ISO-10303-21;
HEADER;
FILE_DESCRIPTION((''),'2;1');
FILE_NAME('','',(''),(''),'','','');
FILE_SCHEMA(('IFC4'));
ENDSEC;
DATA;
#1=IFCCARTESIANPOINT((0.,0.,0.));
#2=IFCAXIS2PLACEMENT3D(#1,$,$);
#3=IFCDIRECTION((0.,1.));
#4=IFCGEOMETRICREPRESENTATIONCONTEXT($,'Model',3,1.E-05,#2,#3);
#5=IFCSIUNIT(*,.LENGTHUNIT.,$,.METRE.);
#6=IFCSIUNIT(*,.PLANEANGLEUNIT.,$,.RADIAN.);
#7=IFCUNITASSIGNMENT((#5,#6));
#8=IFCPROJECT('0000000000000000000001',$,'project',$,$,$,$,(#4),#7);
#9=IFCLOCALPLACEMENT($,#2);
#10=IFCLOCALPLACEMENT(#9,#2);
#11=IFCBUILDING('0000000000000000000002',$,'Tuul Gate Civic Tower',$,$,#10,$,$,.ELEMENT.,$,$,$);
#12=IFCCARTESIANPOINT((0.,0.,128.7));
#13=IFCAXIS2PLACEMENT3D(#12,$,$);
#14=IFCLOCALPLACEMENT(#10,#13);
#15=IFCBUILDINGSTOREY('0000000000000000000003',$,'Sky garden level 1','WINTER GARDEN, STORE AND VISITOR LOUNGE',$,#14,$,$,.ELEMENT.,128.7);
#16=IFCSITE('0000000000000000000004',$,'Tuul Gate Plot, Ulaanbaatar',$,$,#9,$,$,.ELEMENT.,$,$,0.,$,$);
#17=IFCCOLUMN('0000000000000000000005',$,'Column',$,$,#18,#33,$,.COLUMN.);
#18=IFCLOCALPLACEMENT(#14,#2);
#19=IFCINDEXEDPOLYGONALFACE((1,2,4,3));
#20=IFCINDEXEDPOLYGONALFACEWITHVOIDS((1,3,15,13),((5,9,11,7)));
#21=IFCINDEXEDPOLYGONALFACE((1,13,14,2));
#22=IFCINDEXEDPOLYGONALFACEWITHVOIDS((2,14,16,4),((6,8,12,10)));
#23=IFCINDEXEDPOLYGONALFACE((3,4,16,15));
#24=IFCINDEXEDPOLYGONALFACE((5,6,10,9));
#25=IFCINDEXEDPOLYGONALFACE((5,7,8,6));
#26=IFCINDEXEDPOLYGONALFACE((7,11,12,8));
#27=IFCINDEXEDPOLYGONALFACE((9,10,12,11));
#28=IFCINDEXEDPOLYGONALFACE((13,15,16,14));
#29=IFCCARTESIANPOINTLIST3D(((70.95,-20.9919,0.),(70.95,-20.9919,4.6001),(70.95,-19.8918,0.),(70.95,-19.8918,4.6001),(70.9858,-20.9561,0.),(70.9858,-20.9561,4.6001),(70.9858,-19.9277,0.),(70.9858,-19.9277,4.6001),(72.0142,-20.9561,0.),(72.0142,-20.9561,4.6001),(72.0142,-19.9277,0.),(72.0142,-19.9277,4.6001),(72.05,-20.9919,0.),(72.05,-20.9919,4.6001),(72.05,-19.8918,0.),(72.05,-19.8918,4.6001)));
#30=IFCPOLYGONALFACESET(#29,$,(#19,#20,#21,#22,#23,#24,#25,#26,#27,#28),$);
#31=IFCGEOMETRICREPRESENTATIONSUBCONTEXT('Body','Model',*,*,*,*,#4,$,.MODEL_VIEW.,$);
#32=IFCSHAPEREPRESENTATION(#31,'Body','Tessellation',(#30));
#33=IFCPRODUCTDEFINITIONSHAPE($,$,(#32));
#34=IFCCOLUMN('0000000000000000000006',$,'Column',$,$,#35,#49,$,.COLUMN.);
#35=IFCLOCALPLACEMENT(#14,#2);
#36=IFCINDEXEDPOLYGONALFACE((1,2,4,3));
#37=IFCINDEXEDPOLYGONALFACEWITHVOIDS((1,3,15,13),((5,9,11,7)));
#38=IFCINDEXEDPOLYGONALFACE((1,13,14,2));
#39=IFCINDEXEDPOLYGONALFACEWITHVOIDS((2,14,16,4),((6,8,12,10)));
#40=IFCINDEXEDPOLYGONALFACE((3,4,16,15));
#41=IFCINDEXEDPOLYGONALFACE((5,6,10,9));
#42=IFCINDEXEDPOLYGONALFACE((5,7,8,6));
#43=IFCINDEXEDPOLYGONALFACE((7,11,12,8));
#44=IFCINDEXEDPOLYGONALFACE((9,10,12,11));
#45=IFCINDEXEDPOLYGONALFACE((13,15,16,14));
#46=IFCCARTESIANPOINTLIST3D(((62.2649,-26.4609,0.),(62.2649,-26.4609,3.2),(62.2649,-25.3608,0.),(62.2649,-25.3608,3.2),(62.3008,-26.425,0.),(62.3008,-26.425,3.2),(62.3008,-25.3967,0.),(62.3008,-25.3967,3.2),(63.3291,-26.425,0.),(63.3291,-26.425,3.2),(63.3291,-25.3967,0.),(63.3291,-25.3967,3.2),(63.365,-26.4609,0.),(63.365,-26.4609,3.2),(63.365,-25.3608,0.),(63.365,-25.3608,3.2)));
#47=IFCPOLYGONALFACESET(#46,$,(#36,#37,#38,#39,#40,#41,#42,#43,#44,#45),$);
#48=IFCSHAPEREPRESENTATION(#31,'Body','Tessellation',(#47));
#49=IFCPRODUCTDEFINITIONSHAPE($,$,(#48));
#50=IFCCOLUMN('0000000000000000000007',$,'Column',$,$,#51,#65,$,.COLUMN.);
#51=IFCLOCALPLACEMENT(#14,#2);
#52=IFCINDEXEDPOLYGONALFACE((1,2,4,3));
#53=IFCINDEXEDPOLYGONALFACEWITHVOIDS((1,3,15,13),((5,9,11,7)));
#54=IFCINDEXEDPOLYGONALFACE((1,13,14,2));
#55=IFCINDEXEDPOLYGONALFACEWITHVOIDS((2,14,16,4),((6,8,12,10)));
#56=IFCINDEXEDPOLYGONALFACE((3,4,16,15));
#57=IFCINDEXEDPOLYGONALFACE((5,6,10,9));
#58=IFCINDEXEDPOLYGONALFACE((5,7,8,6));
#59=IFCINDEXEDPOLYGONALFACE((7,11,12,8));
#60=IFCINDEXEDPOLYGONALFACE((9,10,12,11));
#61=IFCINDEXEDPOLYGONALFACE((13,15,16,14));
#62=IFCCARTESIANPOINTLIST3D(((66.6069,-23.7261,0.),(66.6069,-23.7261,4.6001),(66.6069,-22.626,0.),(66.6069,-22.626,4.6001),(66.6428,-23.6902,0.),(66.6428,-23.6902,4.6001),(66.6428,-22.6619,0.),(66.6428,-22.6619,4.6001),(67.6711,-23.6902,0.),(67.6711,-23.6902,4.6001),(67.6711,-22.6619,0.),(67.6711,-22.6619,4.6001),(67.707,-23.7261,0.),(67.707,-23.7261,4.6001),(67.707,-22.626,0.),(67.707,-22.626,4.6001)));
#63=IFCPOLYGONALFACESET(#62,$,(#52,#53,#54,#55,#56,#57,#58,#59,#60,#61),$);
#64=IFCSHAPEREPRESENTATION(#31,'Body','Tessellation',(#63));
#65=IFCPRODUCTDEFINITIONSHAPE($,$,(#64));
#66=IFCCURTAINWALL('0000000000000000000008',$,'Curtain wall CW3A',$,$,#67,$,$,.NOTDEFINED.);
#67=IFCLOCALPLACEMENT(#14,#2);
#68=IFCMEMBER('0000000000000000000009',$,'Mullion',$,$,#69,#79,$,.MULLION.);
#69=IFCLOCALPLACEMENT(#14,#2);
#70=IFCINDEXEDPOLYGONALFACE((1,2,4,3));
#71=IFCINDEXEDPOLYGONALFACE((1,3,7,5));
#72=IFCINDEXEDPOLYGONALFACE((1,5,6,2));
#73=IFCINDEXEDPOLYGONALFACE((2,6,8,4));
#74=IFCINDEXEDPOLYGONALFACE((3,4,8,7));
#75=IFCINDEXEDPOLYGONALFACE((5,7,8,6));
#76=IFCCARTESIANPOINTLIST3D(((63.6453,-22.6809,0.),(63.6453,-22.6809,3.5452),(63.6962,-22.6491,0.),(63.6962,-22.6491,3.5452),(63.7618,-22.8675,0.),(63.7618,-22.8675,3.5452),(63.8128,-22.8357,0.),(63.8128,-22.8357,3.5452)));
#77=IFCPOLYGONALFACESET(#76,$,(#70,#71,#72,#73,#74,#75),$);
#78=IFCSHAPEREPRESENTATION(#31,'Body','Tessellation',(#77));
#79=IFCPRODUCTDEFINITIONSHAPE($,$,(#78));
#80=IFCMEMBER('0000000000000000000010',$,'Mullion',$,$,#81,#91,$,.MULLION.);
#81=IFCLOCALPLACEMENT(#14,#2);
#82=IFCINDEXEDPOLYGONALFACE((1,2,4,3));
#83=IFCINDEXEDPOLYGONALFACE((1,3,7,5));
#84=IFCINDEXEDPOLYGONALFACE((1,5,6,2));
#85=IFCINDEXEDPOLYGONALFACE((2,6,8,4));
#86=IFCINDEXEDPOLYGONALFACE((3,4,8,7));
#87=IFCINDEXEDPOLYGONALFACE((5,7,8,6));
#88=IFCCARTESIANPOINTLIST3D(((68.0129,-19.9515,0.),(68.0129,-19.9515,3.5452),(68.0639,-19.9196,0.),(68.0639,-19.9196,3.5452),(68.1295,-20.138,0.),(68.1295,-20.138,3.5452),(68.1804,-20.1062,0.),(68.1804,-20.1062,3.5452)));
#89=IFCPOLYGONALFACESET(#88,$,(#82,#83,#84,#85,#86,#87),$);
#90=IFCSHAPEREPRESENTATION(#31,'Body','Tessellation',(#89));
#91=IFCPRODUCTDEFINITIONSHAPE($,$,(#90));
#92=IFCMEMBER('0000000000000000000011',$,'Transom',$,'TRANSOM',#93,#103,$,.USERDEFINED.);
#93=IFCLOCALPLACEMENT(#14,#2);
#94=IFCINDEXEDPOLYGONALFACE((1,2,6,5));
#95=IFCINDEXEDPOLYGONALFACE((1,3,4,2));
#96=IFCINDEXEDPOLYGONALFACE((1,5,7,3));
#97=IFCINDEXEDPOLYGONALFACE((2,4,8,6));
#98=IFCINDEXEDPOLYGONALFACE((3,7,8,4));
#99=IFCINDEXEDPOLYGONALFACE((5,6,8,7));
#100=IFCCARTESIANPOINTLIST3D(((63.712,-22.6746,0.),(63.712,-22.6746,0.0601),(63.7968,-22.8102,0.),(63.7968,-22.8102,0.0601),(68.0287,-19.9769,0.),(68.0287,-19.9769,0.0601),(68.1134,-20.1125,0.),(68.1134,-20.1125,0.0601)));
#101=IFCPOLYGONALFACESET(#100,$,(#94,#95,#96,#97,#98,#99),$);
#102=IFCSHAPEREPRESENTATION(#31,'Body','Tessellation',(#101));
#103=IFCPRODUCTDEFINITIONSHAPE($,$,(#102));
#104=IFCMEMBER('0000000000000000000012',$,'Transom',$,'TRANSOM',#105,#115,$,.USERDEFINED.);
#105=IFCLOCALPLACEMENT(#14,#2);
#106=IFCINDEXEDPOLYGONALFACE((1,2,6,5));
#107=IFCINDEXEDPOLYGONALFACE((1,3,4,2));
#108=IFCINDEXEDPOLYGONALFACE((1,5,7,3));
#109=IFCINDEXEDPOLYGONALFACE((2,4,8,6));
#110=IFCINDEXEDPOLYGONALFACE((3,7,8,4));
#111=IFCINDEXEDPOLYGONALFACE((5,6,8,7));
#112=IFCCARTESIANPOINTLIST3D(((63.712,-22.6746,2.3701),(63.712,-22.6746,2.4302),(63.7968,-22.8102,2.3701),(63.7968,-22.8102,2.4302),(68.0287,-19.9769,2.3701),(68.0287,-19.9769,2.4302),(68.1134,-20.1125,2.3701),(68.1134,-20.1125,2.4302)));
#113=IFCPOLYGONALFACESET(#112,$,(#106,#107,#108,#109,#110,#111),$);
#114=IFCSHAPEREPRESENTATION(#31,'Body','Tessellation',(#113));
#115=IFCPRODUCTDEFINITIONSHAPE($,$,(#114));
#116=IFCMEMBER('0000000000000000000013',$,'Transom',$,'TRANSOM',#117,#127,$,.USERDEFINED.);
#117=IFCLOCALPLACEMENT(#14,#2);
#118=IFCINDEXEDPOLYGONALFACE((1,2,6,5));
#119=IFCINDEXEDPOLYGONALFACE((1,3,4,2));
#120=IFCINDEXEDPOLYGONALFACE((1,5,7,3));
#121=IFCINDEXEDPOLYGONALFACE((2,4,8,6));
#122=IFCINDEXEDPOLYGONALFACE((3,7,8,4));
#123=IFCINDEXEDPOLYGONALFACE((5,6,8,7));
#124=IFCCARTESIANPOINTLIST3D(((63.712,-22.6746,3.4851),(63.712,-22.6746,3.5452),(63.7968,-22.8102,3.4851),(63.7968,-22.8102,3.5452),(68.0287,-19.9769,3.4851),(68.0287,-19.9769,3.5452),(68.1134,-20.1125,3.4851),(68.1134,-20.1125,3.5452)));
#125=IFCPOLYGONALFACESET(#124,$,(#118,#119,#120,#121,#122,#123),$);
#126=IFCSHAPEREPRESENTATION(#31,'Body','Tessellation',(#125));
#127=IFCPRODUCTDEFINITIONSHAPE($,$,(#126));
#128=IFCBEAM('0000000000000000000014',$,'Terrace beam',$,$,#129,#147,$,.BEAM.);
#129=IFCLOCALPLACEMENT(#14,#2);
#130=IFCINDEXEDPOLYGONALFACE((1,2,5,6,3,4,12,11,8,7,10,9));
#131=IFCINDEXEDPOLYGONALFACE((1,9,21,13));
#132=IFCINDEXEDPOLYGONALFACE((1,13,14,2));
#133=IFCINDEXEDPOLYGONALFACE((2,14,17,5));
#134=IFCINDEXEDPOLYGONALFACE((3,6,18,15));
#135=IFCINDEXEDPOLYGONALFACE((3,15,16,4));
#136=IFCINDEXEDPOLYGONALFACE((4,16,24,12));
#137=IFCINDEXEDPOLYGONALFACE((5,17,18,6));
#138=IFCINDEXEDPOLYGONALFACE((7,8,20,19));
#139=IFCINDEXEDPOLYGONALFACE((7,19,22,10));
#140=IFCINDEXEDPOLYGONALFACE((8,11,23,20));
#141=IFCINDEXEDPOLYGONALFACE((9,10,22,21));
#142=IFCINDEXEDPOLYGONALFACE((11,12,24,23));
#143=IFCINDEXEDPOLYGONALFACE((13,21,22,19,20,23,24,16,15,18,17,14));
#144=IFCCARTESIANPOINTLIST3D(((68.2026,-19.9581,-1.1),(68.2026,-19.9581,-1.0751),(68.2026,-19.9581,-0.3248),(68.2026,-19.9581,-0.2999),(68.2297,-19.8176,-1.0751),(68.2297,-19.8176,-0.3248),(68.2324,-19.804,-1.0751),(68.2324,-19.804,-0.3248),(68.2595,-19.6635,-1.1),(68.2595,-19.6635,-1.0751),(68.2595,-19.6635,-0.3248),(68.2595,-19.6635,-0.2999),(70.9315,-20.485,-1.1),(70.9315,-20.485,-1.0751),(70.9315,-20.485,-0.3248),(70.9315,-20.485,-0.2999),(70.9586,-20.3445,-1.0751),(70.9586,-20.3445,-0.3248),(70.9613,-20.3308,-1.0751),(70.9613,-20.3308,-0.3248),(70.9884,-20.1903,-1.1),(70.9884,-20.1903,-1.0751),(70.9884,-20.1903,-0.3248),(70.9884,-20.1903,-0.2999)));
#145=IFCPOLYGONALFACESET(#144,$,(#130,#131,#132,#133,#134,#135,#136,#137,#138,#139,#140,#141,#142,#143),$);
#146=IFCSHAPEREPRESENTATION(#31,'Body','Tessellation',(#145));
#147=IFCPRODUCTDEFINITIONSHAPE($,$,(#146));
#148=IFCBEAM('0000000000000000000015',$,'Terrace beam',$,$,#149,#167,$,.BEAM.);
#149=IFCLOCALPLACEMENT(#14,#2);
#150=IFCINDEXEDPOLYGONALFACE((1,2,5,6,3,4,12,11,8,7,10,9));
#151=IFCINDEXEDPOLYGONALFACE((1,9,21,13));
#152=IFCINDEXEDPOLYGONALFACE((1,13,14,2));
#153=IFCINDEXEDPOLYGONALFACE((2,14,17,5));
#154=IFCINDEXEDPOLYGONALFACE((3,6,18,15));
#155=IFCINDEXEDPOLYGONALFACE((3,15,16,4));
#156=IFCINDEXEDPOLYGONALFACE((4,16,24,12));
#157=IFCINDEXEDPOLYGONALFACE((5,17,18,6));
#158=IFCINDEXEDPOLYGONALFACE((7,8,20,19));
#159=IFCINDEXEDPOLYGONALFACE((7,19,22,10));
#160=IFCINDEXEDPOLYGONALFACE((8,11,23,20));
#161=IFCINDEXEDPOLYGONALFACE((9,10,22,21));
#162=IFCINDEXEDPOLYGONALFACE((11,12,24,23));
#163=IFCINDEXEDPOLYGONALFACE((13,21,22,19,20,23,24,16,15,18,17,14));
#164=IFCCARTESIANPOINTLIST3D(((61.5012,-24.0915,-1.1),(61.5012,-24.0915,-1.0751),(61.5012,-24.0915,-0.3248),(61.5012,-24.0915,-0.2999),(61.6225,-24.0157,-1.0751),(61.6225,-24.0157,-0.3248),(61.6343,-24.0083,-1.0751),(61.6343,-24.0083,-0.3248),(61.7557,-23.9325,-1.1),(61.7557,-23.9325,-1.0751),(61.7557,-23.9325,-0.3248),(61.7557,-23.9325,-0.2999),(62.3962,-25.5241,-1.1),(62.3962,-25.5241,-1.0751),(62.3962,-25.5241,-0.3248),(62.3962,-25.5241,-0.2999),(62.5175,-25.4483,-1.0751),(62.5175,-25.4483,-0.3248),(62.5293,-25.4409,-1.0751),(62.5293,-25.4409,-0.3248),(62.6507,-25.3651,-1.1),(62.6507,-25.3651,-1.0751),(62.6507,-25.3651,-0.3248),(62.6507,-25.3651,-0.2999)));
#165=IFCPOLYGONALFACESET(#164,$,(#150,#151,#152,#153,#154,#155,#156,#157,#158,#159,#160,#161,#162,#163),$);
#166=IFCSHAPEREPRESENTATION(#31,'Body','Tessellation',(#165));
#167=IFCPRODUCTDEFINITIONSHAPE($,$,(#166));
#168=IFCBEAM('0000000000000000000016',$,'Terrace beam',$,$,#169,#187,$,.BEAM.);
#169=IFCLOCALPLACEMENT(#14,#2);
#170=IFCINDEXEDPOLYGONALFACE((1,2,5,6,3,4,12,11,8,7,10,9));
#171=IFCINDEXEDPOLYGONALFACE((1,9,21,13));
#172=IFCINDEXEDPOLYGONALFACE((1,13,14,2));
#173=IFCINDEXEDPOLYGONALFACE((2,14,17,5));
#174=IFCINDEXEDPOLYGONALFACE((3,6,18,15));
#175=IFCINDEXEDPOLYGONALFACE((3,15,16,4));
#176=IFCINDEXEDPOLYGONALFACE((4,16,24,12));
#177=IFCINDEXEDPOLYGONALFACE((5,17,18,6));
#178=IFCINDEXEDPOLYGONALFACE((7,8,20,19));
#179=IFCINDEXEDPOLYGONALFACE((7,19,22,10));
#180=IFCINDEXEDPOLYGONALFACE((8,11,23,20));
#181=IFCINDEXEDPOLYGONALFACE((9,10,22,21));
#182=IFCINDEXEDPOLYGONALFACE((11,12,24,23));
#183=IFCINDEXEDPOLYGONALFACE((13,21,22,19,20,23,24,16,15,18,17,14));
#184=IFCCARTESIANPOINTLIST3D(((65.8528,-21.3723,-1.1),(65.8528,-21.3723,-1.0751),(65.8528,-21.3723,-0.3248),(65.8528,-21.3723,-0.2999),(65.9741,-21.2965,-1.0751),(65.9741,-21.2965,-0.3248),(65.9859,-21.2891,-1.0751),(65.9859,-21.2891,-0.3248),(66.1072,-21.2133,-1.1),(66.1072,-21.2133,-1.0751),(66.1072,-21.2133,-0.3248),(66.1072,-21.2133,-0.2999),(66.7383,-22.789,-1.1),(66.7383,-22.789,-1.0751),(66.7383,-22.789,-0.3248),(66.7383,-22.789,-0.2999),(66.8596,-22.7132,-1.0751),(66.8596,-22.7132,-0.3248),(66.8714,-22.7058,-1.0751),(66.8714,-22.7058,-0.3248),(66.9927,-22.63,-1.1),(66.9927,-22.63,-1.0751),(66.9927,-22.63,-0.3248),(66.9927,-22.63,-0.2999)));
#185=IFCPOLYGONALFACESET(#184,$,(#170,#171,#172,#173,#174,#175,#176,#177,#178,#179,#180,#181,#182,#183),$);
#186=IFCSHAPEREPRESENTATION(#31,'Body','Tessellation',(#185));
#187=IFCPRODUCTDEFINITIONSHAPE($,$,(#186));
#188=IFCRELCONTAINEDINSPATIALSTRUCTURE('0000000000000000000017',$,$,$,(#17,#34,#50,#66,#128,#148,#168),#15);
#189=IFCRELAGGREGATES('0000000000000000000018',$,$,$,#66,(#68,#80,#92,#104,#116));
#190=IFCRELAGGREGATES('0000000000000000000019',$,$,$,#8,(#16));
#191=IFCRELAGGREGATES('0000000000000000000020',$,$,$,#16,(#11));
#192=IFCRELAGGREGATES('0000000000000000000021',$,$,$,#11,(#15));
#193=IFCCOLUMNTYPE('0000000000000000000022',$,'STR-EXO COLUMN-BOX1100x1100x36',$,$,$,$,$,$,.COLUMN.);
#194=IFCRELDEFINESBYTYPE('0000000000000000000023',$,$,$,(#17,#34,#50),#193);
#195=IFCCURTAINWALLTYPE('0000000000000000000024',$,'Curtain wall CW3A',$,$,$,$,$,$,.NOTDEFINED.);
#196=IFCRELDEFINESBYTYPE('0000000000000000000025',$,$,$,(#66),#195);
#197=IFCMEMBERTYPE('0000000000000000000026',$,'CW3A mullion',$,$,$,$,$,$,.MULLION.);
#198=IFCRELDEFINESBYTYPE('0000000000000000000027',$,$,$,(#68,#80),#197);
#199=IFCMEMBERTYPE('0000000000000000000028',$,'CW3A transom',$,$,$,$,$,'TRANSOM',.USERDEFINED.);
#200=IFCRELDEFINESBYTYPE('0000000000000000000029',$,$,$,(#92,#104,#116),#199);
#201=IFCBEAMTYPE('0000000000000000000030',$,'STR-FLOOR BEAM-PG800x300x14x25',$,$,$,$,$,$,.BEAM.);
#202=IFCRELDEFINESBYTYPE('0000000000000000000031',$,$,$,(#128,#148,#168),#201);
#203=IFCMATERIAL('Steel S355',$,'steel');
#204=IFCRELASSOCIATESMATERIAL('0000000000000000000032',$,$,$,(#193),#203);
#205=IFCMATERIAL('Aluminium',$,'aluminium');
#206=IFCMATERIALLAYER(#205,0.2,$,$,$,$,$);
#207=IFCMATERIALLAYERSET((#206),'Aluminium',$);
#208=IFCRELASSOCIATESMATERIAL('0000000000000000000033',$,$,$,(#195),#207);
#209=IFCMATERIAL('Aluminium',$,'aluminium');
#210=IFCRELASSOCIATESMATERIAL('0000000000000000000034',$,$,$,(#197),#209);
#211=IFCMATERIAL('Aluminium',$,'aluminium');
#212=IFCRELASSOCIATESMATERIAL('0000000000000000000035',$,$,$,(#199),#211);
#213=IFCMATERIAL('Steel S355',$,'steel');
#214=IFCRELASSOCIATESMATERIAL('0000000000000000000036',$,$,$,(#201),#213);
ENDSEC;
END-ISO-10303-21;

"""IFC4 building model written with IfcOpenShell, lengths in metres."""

from ifc_helpers import new_model, si_unit, direction, frame, origin, origin_2d, place, context, subcontext, project, spatial, rectangle, hollow_rectangle, i_section, extrude, material, layer, layer_set, material_profile, profile_set, type_object, element, aggregate, save


model = new_model("IFC4")

# Units and contexts
model_context = context("Model", 3, precision=1e-05, world=origin(), true_north=direction((0.0, 1.0)))
body_context = subcontext(model_context, "Body", "Model", "MODEL_VIEW")
ifc_project = project(units=[si_unit("LENGTHUNIT", "METRE"), si_unit("PLANEANGLEUNIT", "RADIAN")], contexts=[model_context])

# Site, building, storey
site_placement = place(None, origin())
site = spatial("IfcSite", under=ifc_project, at=site_placement, Name="Tuul Gate Plot, Ulaanbaatar", CompositionType="ELEMENT", RefElevation=0.0)
building_placement = place(site_placement, origin())
building = spatial("IfcBuilding", under=site, at=building_placement, Name="Tuul Gate Civic Tower", CompositionType="ELEMENT")
storey_placement = place(building_placement, frame((0.0, 0.0, 128.7)))
storey = spatial("IfcBuildingStorey", under=building, at=storey_placement, Name="Sky garden level 1", Description="WINTER GARDEN, STORE AND VISITOR LOUNGE", CompositionType="ELEMENT", Elevation=128.7)

# Columns
ifc_material_1 = material(Name="Steel S355", Category="steel")
ifc_material_profile_1 = material_profile(ifc_material_1, hollow_rectangle(XDim=1.1001, YDim=1.1001, WallThickness=0.0359, at=origin_2d()), Name="BOX1100x1100x36")
ifc_profile_set_1 = profile_set([ifc_material_profile_1], Name="Steel S355")
column_type = type_object("IfcColumnType", Name="STR-EXO COLUMN-BOX1100x1100x36", PredefinedType="COLUMN", material=ifc_profile_set_1)
column_1_placement = place(storey_placement, frame((71.5, -20.4419, 0.0), z_axis=(0.0, 0.0, 1.0), x_axis=(1.0, 0.0, 0.0)))
element("IfcColumn", 1, at=column_1_placement, inside=storey, type_object=column_type, Name="Column", PredefinedType="COLUMN", context=body_context, shape_type="SweptSolid", body=[
    extrude(hollow_rectangle(XDim=1.1001, YDim=1.1001, WallThickness=0.0359, at=origin_2d()), origin(), (0.0, 0.0, 1.0), 4.6001),
])
column_2_placement = place(storey_placement, frame((62.8149, -25.9109, 0.0), z_axis=(0.0, 0.0, 1.0), x_axis=(1.0, 0.0, 0.0)))
element("IfcColumn", 2, at=column_2_placement, inside=storey, type_object=column_type, Name="Column", PredefinedType="COLUMN", context=body_context, shape_type="SweptSolid", body=[
    extrude(hollow_rectangle(XDim=1.1001, YDim=1.1001, WallThickness=0.0359, at=origin_2d()), origin(), (0.0, 0.0, 1.0), 3.2),
])
column_3_placement = place(storey_placement, frame((67.157, -23.176, 0.0), z_axis=(0.0, 0.0, 1.0), x_axis=(1.0, 0.0, 0.0)))
element("IfcColumn", 3, at=column_3_placement, inside=storey, type_object=column_type, Name="Column", PredefinedType="COLUMN", context=body_context, shape_type="SweptSolid", body=[
    extrude(hollow_rectangle(XDim=1.1001, YDim=1.1001, WallThickness=0.0359, at=origin_2d()), origin(), (0.0, 0.0, 1.0), 4.6001),
])

# Curtain wall, members
ifc_material_2 = material(Name="Aluminium", Category="aluminium")
ifc_layer_1 = layer(ifc_material_2, 0.2)
ifc_layer_set_1 = layer_set([ifc_layer_1], Name="Aluminium")
curtain_wall_type = type_object("IfcCurtainWallType", Name="Curtain wall CW3A", PredefinedType="NOTDEFINED", material=ifc_layer_set_1)
curtain_wall_placement = place(storey_placement, origin())
curtain_wall = element("IfcCurtainWall", 4, at=curtain_wall_placement, inside=storey, type_object=curtain_wall_type, Name="Curtain wall CW3A", PredefinedType="NOTDEFINED")
ifc_material_3 = material(Name="Aluminium", Category="aluminium")
ifc_material_profile_2 = material_profile(ifc_material_3, rectangle(XDim=0.22, YDim=0.0601, at=origin_2d()), Name="CW3A mullion")
ifc_profile_set_2 = profile_set([ifc_material_profile_2], Name="Aluminium")
member_type_1 = type_object("IfcMemberType", Name="CW3A mullion", PredefinedType="MULLION", material=ifc_profile_set_2)
member_1_placement = place(storey_placement, frame((63.729, -22.7583, 0.0), z_axis=(0.0, 0.0, 1.0), x_axis=(-0.529958, 0.848024, 0.0)))
member_1 = element("IfcMember", 5, at=member_1_placement, type_object=member_type_1, Name="Mullion", PredefinedType="MULLION", context=body_context, shape_type="SweptSolid", body=[
    extrude(rectangle(XDim=0.22, YDim=0.0601, at=origin_2d()), origin(), (0.0, 0.0, 1.0), 3.5452),
])
member_2_placement = place(storey_placement, frame((68.0967, -20.0288, 0.0), z_axis=(0.0, 0.0, 1.0), x_axis=(-0.529958, 0.848024, 0.0)))
member_2 = element("IfcMember", 6, at=member_2_placement, type_object=member_type_1, Name="Mullion", PredefinedType="MULLION", context=body_context, shape_type="SweptSolid", body=[
    extrude(rectangle(XDim=0.22, YDim=0.0601, at=origin_2d()), origin(), (0.0, 0.0, 1.0), 3.5452),
])
ifc_material_4 = material(Name="Aluminium", Category="aluminium")
ifc_material_profile_3 = material_profile(ifc_material_4, rectangle(XDim=0.1599, YDim=0.0601, at=origin_2d()), Name="CW3A transom")
ifc_profile_set_3 = profile_set([ifc_material_profile_3], Name="Aluminium")
member_type_2 = type_object("IfcMemberType", Name="CW3A transom", ElementType="TRANSOM", PredefinedType="USERDEFINED", material=ifc_profile_set_3)
member_3_placement = place(storey_placement, frame((63.7544, -22.7424, 0.03), z_axis=(0.848012, 0.529977, 0.0), x_axis=(-0.529977, 0.848012, 0.0)))
member_3 = element("IfcMember", 7, at=member_3_placement, type_object=member_type_2, Name="Transom", ObjectType="TRANSOM", PredefinedType="USERDEFINED", context=body_context, shape_type="SweptSolid", body=[
    extrude(rectangle(XDim=0.1599, YDim=0.0601, at=origin_2d()), origin(), (0.0, 0.0, 1.0), 5.0903),
])
member_4_placement = place(storey_placement, frame((63.7544, -22.7424, 2.4001), z_axis=(0.848012, 0.529977, 0.0), x_axis=(-0.529977, 0.848012, 0.0)))
member_4 = element("IfcMember", 8, at=member_4_placement, type_object=member_type_2, Name="Transom", ObjectType="TRANSOM", PredefinedType="USERDEFINED", context=body_context, shape_type="SweptSolid", body=[
    extrude(rectangle(XDim=0.1599, YDim=0.0601, at=origin_2d()), origin(), (0.0, 0.0, 1.0), 5.0903),
])
member_5_placement = place(storey_placement, frame((63.7544, -22.7424, 3.5151), z_axis=(0.848012, 0.529977, 0.0), x_axis=(-0.529977, 0.848012, 0.0)))
member_5 = element("IfcMember", 9, at=member_5_placement, type_object=member_type_2, Name="Transom", ObjectType="TRANSOM", PredefinedType="USERDEFINED", context=body_context, shape_type="SweptSolid", body=[
    extrude(rectangle(XDim=0.1599, YDim=0.0601, at=origin_2d()), origin(), (0.0, 0.0, 1.0), 5.0903),
])

# Beams
ifc_material_5 = material(Name="Steel S355", Category="steel")
ifc_material_profile_4 = material_profile(ifc_material_5, i_section(OverallWidth=0.3, OverallDepth=0.8, WebThickness=0.0139, FlangeThickness=0.0249, at=origin_2d()), Name="PG800x300x14x25")
ifc_profile_set_4 = profile_set([ifc_material_profile_4], Name="Steel S355")
beam_type_1 = type_object("IfcBeamType", Name="STR-FLOOR BEAM-PG800x300x14x25", PredefinedType="BEAM", material=ifc_profile_set_4)
beam_1_placement = place(storey_placement, frame((70.96, -20.3376, -0.7), z_axis=(-0.98187, 0.189558, 0.0), x_axis=(-0.189558, -0.98187, 0.0)))
element("IfcBeam", 10, at=beam_1_placement, inside=storey, type_object=beam_type_1, Name="Terrace beam", PredefinedType="BEAM", context=body_context, shape_type="SweptSolid", body=[
    extrude(i_section(OverallWidth=0.3, OverallDepth=0.8, WebThickness=0.0139, FlangeThickness=0.0249, at=origin_2d()), origin(), (0.0, 0.0, 1.0), 2.7793),
])
beam_2_placement = place(storey_placement, frame((62.5234, -25.4446, -0.7), z_axis=(-0.529843, 0.848096, 0.0), x_axis=(-0.848096, -0.529843, 0.0)))
element("IfcBeam", 11, at=beam_2_placement, inside=storey, type_object=beam_type_1, Name="Terrace beam", PredefinedType="BEAM", context=body_context, shape_type="SweptSolid", body=[
    extrude(i_section(OverallWidth=0.3, OverallDepth=0.8, WebThickness=0.0139, FlangeThickness=0.0249, at=origin_2d()), origin(), (0.0, 0.0, 1.0), 1.6892),
])
beam_3_placement = place(storey_placement, frame((66.8655, -22.7095, -0.7), z_axis=(-0.530012, 0.84799, 0.0), x_axis=(-0.84799, -0.530012, 0.0)))
element("IfcBeam", 12, at=beam_3_placement, inside=storey, type_object=beam_type_1, Name="Terrace beam", PredefinedType="BEAM", context=body_context, shape_type="SweptSolid", body=[
    extrude(i_section(OverallWidth=0.3, OverallDepth=0.8, WebThickness=0.0139, FlangeThickness=0.0249, at=origin_2d()), origin(), (0.0, 0.0, 1.0), 1.6707),
])

aggregate(curtain_wall, [member_1, member_2, member_3, member_4, member_5])

save(model, "model.ifc")
